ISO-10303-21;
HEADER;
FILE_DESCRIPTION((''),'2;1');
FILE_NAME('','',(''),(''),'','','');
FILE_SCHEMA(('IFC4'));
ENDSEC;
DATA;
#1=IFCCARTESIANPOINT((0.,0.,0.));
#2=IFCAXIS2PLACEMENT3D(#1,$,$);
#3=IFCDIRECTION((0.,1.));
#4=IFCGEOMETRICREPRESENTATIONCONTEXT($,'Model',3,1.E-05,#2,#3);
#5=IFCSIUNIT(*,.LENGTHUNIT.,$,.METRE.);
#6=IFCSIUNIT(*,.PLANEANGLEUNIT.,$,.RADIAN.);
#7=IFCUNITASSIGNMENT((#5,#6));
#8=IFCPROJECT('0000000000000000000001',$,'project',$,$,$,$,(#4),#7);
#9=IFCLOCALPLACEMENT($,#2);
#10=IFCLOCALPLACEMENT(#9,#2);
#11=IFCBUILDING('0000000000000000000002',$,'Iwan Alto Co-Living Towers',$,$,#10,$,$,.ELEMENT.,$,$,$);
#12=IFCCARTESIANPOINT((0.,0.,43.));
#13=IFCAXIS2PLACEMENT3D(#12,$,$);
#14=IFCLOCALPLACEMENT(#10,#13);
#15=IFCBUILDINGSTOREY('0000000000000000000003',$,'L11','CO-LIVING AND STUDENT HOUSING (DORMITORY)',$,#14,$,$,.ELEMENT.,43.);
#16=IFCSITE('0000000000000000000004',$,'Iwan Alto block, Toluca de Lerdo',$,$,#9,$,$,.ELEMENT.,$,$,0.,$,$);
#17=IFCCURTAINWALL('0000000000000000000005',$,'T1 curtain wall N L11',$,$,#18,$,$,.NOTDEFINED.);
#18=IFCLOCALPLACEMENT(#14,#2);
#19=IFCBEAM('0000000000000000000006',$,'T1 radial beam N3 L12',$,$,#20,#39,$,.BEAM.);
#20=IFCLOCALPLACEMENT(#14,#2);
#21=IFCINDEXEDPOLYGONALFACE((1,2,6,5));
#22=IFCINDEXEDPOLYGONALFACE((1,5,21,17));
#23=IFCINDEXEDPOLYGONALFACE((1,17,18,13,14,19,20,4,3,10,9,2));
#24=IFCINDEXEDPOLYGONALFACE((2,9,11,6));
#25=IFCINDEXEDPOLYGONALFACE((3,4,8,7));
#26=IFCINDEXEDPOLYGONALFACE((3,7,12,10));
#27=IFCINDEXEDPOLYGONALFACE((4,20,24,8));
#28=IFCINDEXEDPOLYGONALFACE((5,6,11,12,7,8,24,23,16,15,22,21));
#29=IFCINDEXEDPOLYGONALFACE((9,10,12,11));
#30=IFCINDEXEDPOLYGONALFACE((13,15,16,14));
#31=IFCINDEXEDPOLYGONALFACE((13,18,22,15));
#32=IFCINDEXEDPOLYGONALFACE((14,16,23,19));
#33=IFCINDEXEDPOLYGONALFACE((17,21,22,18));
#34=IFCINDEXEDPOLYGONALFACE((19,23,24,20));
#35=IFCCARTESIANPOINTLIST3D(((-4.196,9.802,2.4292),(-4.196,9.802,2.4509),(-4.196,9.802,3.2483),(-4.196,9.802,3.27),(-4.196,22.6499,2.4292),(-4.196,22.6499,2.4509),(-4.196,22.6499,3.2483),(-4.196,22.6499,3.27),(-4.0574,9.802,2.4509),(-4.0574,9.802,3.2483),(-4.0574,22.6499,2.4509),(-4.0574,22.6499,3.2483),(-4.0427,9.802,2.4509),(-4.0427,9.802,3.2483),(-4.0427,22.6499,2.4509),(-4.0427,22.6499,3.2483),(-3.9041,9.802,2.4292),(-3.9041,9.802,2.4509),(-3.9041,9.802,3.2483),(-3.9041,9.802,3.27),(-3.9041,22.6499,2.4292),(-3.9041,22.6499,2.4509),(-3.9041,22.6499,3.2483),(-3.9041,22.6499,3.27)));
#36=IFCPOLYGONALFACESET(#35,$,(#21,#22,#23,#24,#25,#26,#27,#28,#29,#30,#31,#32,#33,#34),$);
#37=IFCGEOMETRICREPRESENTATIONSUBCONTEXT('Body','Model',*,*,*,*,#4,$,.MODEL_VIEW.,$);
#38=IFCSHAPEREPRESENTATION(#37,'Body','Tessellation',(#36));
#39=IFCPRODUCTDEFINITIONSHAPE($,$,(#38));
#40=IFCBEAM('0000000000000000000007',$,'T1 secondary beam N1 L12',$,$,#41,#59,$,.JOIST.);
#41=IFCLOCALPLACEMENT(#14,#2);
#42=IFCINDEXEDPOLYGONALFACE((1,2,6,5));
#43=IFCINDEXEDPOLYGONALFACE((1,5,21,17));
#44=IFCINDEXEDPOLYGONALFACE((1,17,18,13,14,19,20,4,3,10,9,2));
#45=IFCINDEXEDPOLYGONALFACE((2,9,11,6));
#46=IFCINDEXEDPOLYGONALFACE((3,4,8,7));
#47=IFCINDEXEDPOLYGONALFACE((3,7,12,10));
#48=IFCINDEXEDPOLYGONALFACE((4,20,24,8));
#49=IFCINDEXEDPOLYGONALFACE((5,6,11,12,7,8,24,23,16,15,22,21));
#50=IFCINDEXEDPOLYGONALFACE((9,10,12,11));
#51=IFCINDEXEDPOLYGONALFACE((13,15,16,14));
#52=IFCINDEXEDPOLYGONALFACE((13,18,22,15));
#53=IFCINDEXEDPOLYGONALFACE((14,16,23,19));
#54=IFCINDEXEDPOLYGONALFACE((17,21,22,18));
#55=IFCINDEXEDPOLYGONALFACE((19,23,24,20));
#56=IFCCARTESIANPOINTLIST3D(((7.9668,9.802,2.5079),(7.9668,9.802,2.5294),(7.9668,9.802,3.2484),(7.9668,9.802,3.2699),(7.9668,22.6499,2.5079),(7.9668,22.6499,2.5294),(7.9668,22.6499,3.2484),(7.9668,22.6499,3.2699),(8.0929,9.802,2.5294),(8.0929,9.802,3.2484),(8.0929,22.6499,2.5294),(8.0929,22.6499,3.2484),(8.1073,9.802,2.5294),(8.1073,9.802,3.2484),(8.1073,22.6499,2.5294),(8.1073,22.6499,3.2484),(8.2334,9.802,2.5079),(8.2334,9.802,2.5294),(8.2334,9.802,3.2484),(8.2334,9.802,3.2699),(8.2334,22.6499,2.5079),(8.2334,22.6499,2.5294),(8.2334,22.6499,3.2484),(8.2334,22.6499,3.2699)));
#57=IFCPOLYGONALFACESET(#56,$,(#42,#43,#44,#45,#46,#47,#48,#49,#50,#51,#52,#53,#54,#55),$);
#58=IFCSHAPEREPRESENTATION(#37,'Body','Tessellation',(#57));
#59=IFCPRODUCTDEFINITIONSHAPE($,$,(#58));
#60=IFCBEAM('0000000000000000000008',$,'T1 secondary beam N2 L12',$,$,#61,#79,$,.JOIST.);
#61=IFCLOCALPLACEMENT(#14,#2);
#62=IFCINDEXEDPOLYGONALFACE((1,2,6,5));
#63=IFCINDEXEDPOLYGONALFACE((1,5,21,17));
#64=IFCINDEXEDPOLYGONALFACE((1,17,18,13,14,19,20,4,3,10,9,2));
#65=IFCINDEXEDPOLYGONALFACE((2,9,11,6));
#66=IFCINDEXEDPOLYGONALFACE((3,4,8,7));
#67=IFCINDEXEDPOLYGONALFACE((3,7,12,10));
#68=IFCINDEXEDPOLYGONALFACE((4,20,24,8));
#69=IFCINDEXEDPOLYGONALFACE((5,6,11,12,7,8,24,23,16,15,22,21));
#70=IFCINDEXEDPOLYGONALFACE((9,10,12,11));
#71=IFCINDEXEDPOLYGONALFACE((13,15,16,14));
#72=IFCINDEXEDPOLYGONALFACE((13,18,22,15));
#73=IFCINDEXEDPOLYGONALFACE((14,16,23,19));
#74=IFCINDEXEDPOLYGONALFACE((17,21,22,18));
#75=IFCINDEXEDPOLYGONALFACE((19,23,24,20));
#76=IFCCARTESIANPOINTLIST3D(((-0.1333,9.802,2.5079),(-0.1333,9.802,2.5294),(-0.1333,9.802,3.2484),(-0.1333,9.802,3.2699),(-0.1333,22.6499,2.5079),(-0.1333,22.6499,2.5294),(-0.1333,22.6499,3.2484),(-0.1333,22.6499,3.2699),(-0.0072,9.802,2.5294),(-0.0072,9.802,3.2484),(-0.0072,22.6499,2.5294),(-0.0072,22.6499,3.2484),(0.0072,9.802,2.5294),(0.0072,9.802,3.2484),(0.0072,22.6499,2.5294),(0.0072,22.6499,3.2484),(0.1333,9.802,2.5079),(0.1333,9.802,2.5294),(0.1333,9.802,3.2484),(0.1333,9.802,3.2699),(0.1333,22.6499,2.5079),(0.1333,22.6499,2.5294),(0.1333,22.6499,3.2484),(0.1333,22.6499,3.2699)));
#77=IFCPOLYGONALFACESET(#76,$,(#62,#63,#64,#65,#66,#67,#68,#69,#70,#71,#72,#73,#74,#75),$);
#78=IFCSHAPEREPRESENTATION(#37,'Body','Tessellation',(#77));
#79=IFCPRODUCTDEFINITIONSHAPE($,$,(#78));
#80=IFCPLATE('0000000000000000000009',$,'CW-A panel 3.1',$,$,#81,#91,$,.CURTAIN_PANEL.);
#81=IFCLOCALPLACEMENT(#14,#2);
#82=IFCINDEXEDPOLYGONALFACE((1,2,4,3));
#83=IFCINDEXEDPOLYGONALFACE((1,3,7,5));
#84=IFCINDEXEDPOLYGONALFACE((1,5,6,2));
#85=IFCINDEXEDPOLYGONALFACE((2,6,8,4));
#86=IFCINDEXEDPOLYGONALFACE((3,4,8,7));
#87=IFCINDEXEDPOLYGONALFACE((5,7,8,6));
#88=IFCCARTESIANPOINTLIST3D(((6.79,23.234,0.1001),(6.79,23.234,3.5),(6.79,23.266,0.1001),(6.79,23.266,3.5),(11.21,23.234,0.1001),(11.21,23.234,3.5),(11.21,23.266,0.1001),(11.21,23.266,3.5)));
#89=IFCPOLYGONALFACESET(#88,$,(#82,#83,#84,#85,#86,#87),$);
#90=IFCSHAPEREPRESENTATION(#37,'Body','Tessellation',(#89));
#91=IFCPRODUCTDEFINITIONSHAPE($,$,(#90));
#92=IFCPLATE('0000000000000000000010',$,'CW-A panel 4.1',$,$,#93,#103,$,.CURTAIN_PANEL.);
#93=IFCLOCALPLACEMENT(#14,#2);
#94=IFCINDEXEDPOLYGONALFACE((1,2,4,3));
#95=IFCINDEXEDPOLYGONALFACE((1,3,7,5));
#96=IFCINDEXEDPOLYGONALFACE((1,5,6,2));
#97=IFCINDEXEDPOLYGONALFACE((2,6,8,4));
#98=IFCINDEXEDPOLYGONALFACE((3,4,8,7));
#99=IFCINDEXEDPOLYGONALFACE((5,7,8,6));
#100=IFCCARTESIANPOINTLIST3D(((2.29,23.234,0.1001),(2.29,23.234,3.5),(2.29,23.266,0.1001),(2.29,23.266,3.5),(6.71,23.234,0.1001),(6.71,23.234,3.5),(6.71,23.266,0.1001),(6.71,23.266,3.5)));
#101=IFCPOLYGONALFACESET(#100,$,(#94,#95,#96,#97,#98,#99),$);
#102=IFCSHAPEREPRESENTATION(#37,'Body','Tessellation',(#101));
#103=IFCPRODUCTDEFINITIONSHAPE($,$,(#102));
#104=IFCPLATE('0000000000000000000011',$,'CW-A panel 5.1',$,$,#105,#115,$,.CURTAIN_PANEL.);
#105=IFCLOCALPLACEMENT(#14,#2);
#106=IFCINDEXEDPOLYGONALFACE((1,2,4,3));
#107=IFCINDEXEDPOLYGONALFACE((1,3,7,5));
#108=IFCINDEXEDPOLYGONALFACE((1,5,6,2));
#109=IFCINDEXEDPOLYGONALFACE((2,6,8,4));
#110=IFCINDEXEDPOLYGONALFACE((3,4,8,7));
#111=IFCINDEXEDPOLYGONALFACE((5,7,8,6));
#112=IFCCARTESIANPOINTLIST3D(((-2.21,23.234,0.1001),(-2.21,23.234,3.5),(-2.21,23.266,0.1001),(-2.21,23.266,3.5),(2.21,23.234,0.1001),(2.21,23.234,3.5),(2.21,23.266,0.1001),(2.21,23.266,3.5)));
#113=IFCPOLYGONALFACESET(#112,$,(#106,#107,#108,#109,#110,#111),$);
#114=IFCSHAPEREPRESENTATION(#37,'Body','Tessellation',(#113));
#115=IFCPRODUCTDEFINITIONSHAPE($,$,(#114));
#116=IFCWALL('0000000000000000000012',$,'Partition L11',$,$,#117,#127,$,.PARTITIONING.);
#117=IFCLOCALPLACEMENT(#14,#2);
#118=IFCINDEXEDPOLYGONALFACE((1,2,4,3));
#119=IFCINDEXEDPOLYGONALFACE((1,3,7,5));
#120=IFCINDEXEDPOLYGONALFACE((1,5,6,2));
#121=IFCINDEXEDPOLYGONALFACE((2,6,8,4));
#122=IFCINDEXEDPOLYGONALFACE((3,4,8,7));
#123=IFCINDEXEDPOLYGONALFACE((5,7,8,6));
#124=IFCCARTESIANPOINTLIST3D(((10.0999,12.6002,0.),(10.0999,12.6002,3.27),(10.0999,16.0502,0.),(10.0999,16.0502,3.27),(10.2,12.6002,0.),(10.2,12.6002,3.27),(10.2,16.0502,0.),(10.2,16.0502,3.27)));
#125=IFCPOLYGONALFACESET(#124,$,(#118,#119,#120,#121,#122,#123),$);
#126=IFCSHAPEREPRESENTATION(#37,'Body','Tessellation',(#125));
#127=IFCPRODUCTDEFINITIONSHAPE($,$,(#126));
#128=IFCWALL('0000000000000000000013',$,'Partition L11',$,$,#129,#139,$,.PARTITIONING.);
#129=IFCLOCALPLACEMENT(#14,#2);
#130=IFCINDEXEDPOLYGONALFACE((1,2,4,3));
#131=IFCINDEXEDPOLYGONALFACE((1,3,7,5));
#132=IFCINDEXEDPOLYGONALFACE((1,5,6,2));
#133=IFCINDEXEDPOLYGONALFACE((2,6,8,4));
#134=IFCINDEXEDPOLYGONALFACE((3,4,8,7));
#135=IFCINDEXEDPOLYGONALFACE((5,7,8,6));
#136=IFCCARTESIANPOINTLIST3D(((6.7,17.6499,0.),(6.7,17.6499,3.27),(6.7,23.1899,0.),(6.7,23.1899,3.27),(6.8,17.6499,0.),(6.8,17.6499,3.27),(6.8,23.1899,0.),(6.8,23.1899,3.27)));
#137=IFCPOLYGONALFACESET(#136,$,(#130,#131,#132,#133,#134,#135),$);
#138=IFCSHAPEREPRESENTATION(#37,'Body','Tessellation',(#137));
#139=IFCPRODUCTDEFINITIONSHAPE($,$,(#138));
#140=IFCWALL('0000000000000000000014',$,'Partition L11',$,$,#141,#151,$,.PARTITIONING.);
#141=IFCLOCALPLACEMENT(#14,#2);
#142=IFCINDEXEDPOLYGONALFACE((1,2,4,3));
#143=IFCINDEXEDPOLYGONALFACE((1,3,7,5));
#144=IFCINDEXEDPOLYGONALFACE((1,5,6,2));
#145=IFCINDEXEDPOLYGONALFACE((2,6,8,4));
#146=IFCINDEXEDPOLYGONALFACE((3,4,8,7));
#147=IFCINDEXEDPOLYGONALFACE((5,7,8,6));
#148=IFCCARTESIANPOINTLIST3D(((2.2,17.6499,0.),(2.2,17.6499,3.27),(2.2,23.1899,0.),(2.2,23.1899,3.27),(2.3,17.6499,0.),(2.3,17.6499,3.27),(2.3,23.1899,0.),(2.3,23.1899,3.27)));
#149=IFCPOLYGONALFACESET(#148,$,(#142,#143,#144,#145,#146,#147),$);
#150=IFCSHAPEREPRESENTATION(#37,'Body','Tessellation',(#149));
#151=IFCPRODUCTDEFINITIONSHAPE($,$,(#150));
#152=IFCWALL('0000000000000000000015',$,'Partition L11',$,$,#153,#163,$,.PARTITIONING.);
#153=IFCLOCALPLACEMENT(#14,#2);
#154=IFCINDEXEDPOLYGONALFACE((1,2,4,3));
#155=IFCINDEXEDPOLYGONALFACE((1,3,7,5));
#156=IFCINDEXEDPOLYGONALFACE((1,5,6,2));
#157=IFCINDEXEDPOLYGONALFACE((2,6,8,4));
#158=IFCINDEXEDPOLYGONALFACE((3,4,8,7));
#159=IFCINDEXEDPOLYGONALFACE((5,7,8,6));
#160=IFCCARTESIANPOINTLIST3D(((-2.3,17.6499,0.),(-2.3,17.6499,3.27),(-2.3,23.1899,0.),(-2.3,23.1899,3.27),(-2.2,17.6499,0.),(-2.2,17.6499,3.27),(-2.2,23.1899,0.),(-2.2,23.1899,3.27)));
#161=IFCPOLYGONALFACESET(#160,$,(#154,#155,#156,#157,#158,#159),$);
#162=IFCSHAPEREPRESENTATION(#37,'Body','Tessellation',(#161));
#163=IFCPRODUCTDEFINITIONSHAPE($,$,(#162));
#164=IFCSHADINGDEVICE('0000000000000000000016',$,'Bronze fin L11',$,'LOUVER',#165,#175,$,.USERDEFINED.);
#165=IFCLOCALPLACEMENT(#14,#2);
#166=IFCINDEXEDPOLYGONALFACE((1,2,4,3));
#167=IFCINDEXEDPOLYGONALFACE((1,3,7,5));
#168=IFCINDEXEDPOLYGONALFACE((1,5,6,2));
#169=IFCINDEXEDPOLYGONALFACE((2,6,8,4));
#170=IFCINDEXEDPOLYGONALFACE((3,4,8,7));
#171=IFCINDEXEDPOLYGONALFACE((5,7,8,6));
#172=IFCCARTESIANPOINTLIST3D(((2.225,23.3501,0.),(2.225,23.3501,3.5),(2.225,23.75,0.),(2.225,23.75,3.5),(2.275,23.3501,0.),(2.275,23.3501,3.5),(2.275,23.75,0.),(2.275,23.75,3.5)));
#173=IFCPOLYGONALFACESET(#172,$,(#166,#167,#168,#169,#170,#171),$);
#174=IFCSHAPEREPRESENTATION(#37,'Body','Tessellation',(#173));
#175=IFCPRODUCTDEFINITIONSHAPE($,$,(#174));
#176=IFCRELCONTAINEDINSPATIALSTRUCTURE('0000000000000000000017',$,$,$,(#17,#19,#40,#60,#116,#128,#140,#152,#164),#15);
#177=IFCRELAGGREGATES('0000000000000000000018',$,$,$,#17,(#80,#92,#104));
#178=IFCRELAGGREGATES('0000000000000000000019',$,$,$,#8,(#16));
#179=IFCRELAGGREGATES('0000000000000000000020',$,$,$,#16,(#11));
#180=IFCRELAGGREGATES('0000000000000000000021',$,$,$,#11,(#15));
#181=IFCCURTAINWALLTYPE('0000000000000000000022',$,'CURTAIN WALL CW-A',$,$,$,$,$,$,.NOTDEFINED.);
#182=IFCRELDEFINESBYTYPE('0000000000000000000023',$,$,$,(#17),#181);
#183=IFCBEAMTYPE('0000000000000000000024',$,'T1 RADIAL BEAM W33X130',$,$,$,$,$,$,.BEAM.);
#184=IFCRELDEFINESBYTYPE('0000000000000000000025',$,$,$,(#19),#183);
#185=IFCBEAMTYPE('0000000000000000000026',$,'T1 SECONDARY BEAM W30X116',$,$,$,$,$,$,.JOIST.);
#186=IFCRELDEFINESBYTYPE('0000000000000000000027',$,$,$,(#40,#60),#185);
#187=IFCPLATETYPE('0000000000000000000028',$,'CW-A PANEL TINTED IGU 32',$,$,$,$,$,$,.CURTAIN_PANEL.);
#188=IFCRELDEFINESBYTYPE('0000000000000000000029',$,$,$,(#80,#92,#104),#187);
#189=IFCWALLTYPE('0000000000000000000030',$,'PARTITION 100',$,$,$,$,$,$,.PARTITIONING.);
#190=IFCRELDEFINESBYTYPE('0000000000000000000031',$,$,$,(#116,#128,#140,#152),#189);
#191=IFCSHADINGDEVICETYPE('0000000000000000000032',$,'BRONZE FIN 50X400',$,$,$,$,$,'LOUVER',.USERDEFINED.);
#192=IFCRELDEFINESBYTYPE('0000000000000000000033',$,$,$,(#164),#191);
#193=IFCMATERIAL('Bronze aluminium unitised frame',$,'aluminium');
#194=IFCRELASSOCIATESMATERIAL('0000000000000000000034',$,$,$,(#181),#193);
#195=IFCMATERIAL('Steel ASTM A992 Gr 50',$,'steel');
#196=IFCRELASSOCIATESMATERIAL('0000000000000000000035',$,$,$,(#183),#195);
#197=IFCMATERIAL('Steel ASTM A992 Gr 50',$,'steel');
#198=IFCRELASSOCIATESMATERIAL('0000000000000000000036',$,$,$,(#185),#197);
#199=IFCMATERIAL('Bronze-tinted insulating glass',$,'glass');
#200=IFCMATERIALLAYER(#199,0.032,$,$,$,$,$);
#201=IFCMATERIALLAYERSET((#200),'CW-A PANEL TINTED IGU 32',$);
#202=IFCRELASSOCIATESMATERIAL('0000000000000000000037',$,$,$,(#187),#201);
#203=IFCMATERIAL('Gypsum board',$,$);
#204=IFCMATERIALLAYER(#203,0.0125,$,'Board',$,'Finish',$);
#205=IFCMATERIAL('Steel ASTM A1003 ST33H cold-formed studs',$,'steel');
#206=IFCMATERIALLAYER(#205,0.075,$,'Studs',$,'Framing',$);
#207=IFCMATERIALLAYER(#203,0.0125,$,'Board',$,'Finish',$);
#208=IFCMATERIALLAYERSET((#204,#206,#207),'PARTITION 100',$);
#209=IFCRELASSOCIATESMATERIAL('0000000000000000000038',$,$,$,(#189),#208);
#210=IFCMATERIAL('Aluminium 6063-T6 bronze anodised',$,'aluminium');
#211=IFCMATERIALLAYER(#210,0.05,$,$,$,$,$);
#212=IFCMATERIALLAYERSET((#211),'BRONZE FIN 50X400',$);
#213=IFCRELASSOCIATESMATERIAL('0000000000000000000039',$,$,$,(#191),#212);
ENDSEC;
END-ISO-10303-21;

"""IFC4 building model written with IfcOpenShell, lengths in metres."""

from ifc_helpers import new_model, si_unit, direction, frame, frame_2d, origin, origin_2d, place, context, subcontext, project, spatial, rectangle, i_section, extrude, material, layer, layer_set, material_profile, profile_set, type_object, element, aggregate, save


model = new_model("IFC4")

# Units and contexts
model_context = context("Model", 3, precision=1e-05, world=origin(), true_north=direction((0.0, 1.0)))
body_context = subcontext(model_context, "Body", "Model", "MODEL_VIEW")
ifc_project = project(units=[si_unit("LENGTHUNIT", "METRE"), si_unit("PLANEANGLEUNIT", "RADIAN")], contexts=[model_context])

# Site, building, storey
site_placement = place(None, origin())
site = spatial("IfcSite", under=ifc_project, at=site_placement, Name="Iwan Alto block, Toluca de Lerdo", CompositionType="ELEMENT", RefElevation=0.0)
building_placement = place(site_placement, origin())
building = spatial("IfcBuilding", under=site, at=building_placement, Name="Iwan Alto Co-Living Towers", CompositionType="ELEMENT")
storey_placement = place(building_placement, frame((0.0, 0.0, 43.0)))
storey = spatial("IfcBuildingStorey", under=building, at=storey_placement, Name="L11", Description="CO-LIVING AND STUDENT HOUSING (DORMITORY)", CompositionType="ELEMENT", Elevation=43.0)

# Curtain wall
ifc_material_1 = material(Name="Bronze aluminium unitised frame", Category="aluminium")
curtain_wall_type = type_object("IfcCurtainWallType", Name="CURTAIN WALL CW-A", PredefinedType="NOTDEFINED", material=ifc_material_1)
curtain_wall_placement = place(storey_placement, origin())
curtain_wall = element("IfcCurtainWall", 1, at=curtain_wall_placement, inside=storey, type_object=curtain_wall_type, Name="T1 curtain wall N L11", PredefinedType="NOTDEFINED")

# Beams
ifc_material_2 = material(Name="Steel ASTM A992 Gr 50", Category="steel")
ifc_material_profile_1 = material_profile(ifc_material_2, i_section(OverallWidth=0.292, OverallDepth=0.8408, WebThickness=0.0146, FlangeThickness=0.0217, at=origin_2d()), Name="W33X130")
ifc_profile_set_1 = profile_set([ifc_material_profile_1], Name="Steel ASTM A992 Gr 50")
beam_type_1 = type_object("IfcBeamType", Name="T1 RADIAL BEAM W33X130", PredefinedType="BEAM", material=ifc_profile_set_1)
for number, where, z_axis, x_axis, name in (
    (2, (-4.05, 22.6499, 2.8496), (0.0, -1.0, 0.0), (1.0, 0.0, 0.0), "T1 radial beam N3 L12"),
):
    element("IfcBeam", number, at=place(storey_placement, frame(where, z_axis=z_axis, x_axis=x_axis)), inside=storey, type_object=beam_type_1, Name=name, PredefinedType="BEAM", context=body_context, shape_type="SweptSolid", body=[
        extrude(i_section(OverallWidth=0.292, OverallDepth=0.8408, WebThickness=0.0146, FlangeThickness=0.0217, at=origin_2d()), origin(), (0.0, 0.0, 1.0), 12.8479),
    ])
ifc_material_3 = material(Name="Steel ASTM A992 Gr 50", Category="steel")
ifc_material_profile_2 = material_profile(ifc_material_3, i_section(OverallWidth=0.2666, OverallDepth=0.762, WebThickness=0.0144, FlangeThickness=0.0215, at=origin_2d()), Name="W30X116")
ifc_profile_set_2 = profile_set([ifc_material_profile_2], Name="Steel ASTM A992 Gr 50")
beam_type_2 = type_object("IfcBeamType", Name="T1 SECONDARY BEAM W30X116", PredefinedType="JOIST", material=ifc_profile_set_2)
for number, where, z_axis, x_axis, name in (
    (3, (8.1001, 22.6499, 2.8889), (0.0, -1.0, 0.0), (1.0, 0.0, 0.0), "T1 secondary beam N1 L12"),
    (4, (0.0, 22.6499, 2.8889), (0.0, -1.0, 0.0), (1.0, 0.0, 0.0), "T1 secondary beam N2 L12"),
):
    element("IfcBeam", number, at=place(storey_placement, frame(where, z_axis=z_axis, x_axis=x_axis)), inside=storey, type_object=beam_type_2, Name=name, PredefinedType="JOIST", context=body_context, shape_type="SweptSolid", body=[
        extrude(i_section(OverallWidth=0.2666, OverallDepth=0.762, WebThickness=0.0144, FlangeThickness=0.0215, at=origin_2d()), origin(), (0.0, 0.0, 1.0), 12.8479),
    ])

# Plates
ifc_material_4 = material(Name="Bronze-tinted insulating glass", Category="glass")
ifc_layer_1 = layer(ifc_material_4, 0.032)
ifc_layer_set_1 = layer_set([ifc_layer_1], Name="CW-A PANEL TINTED IGU 32")
plate_type = type_object("IfcPlateType", Name="CW-A PANEL TINTED IGU 32", PredefinedType="CURTAIN_PANEL", material=ifc_layer_set_1)
plate_1_placement = place(storey_placement, frame((9.0, 23.25, 0.1001), z_axis=(0.0, 0.0, 1.0), x_axis=(-1.0, 0.0, 0.0)))
plate_1 = element("IfcPlate", 5, at=plate_1_placement, type_object=plate_type, Name="CW-A panel 3.1", PredefinedType="CURTAIN_PANEL", context=body_context, shape_type="SweptSolid", body=[
    extrude(rectangle(XDim=4.4199, YDim=0.032, at=origin_2d()), origin(), (0.0, 0.0, 1.0), 3.3999),
])
plate_2_placement = place(storey_placement, frame((4.5, 23.25, 0.1001), z_axis=(0.0, 0.0, 1.0), x_axis=(-1.0, 0.0, 0.0)))
plate_2 = element("IfcPlate", 6, at=plate_2_placement, type_object=plate_type, Name="CW-A panel 4.1", PredefinedType="CURTAIN_PANEL", context=body_context, shape_type="SweptSolid", body=[
    extrude(rectangle(XDim=4.4199, YDim=0.032, at=origin_2d()), origin(), (0.0, 0.0, 1.0), 3.3999),
])
plate_3_placement = place(storey_placement, frame((0.0, 23.25, 0.1001), z_axis=(0.0, 0.0, 1.0), x_axis=(-1.0, 0.0, 0.0)))
plate_3 = element("IfcPlate", 7, at=plate_3_placement, type_object=plate_type, Name="CW-A panel 5.1", PredefinedType="CURTAIN_PANEL", context=body_context, shape_type="SweptSolid", body=[
    extrude(rectangle(XDim=4.4199, YDim=0.032, at=origin_2d()), origin(), (0.0, 0.0, 1.0), 3.3999),
])
aggregate(curtain_wall, [plate_1, plate_2, plate_3])

# Walls
ifc_material_5 = material(Name="Gypsum board")
ifc_layer_2 = layer(ifc_material_5, 0.0125, Name="Board", Category="Finish")
ifc_material_6 = material(Name="Steel ASTM A1003 ST33H cold-formed studs", Category="steel")
ifc_layer_3 = layer(ifc_material_6, 0.075, Name="Studs", Category="Framing")
ifc_layer_4 = layer(ifc_material_5, 0.0125, Name="Board", Category="Finish")
ifc_layer_set_2 = layer_set([ifc_layer_2, ifc_layer_3, ifc_layer_4], Name="PARTITION 100")
wall_type = type_object("IfcWallType", Name="PARTITION 100", PredefinedType="PARTITIONING", material=ifc_layer_set_2)
wall_placement = place(storey_placement, frame((10.1499, 12.6001, 0.0), z_axis=(0.0, 0.0, 1.0), x_axis=(0.0, 1.0, 0.0)))
element("IfcWall", 8, at=wall_placement, inside=storey, type_object=wall_type, Name="Partition L11", PredefinedType="PARTITIONING", context=body_context, shape_type="SweptSolid", body=[
    extrude(rectangle(XDim=3.45, YDim=0.1001, at=frame_2d((1.7251, 0.0))), origin(), (0.0, 0.0, 1.0), 3.27),
])
for number, where, z_axis, x_axis, name in (
    (9, (6.75, 17.6499, 0.0), (0.0, 0.0, 1.0), (0.0, 1.0, 0.0), "Partition L11"),
    (10, (2.25, 17.6499, 0.0), (0.0, 0.0, 1.0), (0.0, 1.0, 0.0), "Partition L11"),
    (11, (-2.25, 17.6499, 0.0), (0.0, 0.0, 1.0), (0.0, 1.0, 0.0), "Partition L11"),
):
    element("IfcWall", number, at=place(storey_placement, frame(where, z_axis=z_axis, x_axis=x_axis)), inside=storey, type_object=wall_type, Name=name, PredefinedType="PARTITIONING", context=body_context, shape_type="SweptSolid", body=[
        extrude(rectangle(XDim=5.54, YDim=0.1001, at=frame_2d((2.77, 0.0))), origin(), (0.0, 0.0, 1.0), 3.27),
    ])

# Shading device
ifc_material_7 = material(Name="Aluminium 6063-T6 bronze anodised", Category="aluminium")
ifc_layer_5 = layer(ifc_material_7, 0.05)
ifc_layer_set_3 = layer_set([ifc_layer_5], Name="BRONZE FIN 50X400")
shading_device_type = type_object("IfcShadingDeviceType", Name="BRONZE FIN 50X400", ElementType="LOUVER", PredefinedType="USERDEFINED", material=ifc_layer_set_3)
shading_device_placement = place(storey_placement, frame((2.25, 23.55, 0.0), z_axis=(0.0, 0.0, 1.0), x_axis=(-1.0, 0.0, 0.0)))
element("IfcShadingDevice", 12, at=shading_device_placement, inside=storey, type_object=shading_device_type, Name="Bronze fin L11", ObjectType="LOUVER", PredefinedType="USERDEFINED", context=body_context, shape_type="SweptSolid", body=[
    extrude(rectangle(XDim=0.05, YDim=0.3999, at=origin_2d()), origin(), (0.0, 0.0, 1.0), 3.5),
])

save(model, "model.ifc")
